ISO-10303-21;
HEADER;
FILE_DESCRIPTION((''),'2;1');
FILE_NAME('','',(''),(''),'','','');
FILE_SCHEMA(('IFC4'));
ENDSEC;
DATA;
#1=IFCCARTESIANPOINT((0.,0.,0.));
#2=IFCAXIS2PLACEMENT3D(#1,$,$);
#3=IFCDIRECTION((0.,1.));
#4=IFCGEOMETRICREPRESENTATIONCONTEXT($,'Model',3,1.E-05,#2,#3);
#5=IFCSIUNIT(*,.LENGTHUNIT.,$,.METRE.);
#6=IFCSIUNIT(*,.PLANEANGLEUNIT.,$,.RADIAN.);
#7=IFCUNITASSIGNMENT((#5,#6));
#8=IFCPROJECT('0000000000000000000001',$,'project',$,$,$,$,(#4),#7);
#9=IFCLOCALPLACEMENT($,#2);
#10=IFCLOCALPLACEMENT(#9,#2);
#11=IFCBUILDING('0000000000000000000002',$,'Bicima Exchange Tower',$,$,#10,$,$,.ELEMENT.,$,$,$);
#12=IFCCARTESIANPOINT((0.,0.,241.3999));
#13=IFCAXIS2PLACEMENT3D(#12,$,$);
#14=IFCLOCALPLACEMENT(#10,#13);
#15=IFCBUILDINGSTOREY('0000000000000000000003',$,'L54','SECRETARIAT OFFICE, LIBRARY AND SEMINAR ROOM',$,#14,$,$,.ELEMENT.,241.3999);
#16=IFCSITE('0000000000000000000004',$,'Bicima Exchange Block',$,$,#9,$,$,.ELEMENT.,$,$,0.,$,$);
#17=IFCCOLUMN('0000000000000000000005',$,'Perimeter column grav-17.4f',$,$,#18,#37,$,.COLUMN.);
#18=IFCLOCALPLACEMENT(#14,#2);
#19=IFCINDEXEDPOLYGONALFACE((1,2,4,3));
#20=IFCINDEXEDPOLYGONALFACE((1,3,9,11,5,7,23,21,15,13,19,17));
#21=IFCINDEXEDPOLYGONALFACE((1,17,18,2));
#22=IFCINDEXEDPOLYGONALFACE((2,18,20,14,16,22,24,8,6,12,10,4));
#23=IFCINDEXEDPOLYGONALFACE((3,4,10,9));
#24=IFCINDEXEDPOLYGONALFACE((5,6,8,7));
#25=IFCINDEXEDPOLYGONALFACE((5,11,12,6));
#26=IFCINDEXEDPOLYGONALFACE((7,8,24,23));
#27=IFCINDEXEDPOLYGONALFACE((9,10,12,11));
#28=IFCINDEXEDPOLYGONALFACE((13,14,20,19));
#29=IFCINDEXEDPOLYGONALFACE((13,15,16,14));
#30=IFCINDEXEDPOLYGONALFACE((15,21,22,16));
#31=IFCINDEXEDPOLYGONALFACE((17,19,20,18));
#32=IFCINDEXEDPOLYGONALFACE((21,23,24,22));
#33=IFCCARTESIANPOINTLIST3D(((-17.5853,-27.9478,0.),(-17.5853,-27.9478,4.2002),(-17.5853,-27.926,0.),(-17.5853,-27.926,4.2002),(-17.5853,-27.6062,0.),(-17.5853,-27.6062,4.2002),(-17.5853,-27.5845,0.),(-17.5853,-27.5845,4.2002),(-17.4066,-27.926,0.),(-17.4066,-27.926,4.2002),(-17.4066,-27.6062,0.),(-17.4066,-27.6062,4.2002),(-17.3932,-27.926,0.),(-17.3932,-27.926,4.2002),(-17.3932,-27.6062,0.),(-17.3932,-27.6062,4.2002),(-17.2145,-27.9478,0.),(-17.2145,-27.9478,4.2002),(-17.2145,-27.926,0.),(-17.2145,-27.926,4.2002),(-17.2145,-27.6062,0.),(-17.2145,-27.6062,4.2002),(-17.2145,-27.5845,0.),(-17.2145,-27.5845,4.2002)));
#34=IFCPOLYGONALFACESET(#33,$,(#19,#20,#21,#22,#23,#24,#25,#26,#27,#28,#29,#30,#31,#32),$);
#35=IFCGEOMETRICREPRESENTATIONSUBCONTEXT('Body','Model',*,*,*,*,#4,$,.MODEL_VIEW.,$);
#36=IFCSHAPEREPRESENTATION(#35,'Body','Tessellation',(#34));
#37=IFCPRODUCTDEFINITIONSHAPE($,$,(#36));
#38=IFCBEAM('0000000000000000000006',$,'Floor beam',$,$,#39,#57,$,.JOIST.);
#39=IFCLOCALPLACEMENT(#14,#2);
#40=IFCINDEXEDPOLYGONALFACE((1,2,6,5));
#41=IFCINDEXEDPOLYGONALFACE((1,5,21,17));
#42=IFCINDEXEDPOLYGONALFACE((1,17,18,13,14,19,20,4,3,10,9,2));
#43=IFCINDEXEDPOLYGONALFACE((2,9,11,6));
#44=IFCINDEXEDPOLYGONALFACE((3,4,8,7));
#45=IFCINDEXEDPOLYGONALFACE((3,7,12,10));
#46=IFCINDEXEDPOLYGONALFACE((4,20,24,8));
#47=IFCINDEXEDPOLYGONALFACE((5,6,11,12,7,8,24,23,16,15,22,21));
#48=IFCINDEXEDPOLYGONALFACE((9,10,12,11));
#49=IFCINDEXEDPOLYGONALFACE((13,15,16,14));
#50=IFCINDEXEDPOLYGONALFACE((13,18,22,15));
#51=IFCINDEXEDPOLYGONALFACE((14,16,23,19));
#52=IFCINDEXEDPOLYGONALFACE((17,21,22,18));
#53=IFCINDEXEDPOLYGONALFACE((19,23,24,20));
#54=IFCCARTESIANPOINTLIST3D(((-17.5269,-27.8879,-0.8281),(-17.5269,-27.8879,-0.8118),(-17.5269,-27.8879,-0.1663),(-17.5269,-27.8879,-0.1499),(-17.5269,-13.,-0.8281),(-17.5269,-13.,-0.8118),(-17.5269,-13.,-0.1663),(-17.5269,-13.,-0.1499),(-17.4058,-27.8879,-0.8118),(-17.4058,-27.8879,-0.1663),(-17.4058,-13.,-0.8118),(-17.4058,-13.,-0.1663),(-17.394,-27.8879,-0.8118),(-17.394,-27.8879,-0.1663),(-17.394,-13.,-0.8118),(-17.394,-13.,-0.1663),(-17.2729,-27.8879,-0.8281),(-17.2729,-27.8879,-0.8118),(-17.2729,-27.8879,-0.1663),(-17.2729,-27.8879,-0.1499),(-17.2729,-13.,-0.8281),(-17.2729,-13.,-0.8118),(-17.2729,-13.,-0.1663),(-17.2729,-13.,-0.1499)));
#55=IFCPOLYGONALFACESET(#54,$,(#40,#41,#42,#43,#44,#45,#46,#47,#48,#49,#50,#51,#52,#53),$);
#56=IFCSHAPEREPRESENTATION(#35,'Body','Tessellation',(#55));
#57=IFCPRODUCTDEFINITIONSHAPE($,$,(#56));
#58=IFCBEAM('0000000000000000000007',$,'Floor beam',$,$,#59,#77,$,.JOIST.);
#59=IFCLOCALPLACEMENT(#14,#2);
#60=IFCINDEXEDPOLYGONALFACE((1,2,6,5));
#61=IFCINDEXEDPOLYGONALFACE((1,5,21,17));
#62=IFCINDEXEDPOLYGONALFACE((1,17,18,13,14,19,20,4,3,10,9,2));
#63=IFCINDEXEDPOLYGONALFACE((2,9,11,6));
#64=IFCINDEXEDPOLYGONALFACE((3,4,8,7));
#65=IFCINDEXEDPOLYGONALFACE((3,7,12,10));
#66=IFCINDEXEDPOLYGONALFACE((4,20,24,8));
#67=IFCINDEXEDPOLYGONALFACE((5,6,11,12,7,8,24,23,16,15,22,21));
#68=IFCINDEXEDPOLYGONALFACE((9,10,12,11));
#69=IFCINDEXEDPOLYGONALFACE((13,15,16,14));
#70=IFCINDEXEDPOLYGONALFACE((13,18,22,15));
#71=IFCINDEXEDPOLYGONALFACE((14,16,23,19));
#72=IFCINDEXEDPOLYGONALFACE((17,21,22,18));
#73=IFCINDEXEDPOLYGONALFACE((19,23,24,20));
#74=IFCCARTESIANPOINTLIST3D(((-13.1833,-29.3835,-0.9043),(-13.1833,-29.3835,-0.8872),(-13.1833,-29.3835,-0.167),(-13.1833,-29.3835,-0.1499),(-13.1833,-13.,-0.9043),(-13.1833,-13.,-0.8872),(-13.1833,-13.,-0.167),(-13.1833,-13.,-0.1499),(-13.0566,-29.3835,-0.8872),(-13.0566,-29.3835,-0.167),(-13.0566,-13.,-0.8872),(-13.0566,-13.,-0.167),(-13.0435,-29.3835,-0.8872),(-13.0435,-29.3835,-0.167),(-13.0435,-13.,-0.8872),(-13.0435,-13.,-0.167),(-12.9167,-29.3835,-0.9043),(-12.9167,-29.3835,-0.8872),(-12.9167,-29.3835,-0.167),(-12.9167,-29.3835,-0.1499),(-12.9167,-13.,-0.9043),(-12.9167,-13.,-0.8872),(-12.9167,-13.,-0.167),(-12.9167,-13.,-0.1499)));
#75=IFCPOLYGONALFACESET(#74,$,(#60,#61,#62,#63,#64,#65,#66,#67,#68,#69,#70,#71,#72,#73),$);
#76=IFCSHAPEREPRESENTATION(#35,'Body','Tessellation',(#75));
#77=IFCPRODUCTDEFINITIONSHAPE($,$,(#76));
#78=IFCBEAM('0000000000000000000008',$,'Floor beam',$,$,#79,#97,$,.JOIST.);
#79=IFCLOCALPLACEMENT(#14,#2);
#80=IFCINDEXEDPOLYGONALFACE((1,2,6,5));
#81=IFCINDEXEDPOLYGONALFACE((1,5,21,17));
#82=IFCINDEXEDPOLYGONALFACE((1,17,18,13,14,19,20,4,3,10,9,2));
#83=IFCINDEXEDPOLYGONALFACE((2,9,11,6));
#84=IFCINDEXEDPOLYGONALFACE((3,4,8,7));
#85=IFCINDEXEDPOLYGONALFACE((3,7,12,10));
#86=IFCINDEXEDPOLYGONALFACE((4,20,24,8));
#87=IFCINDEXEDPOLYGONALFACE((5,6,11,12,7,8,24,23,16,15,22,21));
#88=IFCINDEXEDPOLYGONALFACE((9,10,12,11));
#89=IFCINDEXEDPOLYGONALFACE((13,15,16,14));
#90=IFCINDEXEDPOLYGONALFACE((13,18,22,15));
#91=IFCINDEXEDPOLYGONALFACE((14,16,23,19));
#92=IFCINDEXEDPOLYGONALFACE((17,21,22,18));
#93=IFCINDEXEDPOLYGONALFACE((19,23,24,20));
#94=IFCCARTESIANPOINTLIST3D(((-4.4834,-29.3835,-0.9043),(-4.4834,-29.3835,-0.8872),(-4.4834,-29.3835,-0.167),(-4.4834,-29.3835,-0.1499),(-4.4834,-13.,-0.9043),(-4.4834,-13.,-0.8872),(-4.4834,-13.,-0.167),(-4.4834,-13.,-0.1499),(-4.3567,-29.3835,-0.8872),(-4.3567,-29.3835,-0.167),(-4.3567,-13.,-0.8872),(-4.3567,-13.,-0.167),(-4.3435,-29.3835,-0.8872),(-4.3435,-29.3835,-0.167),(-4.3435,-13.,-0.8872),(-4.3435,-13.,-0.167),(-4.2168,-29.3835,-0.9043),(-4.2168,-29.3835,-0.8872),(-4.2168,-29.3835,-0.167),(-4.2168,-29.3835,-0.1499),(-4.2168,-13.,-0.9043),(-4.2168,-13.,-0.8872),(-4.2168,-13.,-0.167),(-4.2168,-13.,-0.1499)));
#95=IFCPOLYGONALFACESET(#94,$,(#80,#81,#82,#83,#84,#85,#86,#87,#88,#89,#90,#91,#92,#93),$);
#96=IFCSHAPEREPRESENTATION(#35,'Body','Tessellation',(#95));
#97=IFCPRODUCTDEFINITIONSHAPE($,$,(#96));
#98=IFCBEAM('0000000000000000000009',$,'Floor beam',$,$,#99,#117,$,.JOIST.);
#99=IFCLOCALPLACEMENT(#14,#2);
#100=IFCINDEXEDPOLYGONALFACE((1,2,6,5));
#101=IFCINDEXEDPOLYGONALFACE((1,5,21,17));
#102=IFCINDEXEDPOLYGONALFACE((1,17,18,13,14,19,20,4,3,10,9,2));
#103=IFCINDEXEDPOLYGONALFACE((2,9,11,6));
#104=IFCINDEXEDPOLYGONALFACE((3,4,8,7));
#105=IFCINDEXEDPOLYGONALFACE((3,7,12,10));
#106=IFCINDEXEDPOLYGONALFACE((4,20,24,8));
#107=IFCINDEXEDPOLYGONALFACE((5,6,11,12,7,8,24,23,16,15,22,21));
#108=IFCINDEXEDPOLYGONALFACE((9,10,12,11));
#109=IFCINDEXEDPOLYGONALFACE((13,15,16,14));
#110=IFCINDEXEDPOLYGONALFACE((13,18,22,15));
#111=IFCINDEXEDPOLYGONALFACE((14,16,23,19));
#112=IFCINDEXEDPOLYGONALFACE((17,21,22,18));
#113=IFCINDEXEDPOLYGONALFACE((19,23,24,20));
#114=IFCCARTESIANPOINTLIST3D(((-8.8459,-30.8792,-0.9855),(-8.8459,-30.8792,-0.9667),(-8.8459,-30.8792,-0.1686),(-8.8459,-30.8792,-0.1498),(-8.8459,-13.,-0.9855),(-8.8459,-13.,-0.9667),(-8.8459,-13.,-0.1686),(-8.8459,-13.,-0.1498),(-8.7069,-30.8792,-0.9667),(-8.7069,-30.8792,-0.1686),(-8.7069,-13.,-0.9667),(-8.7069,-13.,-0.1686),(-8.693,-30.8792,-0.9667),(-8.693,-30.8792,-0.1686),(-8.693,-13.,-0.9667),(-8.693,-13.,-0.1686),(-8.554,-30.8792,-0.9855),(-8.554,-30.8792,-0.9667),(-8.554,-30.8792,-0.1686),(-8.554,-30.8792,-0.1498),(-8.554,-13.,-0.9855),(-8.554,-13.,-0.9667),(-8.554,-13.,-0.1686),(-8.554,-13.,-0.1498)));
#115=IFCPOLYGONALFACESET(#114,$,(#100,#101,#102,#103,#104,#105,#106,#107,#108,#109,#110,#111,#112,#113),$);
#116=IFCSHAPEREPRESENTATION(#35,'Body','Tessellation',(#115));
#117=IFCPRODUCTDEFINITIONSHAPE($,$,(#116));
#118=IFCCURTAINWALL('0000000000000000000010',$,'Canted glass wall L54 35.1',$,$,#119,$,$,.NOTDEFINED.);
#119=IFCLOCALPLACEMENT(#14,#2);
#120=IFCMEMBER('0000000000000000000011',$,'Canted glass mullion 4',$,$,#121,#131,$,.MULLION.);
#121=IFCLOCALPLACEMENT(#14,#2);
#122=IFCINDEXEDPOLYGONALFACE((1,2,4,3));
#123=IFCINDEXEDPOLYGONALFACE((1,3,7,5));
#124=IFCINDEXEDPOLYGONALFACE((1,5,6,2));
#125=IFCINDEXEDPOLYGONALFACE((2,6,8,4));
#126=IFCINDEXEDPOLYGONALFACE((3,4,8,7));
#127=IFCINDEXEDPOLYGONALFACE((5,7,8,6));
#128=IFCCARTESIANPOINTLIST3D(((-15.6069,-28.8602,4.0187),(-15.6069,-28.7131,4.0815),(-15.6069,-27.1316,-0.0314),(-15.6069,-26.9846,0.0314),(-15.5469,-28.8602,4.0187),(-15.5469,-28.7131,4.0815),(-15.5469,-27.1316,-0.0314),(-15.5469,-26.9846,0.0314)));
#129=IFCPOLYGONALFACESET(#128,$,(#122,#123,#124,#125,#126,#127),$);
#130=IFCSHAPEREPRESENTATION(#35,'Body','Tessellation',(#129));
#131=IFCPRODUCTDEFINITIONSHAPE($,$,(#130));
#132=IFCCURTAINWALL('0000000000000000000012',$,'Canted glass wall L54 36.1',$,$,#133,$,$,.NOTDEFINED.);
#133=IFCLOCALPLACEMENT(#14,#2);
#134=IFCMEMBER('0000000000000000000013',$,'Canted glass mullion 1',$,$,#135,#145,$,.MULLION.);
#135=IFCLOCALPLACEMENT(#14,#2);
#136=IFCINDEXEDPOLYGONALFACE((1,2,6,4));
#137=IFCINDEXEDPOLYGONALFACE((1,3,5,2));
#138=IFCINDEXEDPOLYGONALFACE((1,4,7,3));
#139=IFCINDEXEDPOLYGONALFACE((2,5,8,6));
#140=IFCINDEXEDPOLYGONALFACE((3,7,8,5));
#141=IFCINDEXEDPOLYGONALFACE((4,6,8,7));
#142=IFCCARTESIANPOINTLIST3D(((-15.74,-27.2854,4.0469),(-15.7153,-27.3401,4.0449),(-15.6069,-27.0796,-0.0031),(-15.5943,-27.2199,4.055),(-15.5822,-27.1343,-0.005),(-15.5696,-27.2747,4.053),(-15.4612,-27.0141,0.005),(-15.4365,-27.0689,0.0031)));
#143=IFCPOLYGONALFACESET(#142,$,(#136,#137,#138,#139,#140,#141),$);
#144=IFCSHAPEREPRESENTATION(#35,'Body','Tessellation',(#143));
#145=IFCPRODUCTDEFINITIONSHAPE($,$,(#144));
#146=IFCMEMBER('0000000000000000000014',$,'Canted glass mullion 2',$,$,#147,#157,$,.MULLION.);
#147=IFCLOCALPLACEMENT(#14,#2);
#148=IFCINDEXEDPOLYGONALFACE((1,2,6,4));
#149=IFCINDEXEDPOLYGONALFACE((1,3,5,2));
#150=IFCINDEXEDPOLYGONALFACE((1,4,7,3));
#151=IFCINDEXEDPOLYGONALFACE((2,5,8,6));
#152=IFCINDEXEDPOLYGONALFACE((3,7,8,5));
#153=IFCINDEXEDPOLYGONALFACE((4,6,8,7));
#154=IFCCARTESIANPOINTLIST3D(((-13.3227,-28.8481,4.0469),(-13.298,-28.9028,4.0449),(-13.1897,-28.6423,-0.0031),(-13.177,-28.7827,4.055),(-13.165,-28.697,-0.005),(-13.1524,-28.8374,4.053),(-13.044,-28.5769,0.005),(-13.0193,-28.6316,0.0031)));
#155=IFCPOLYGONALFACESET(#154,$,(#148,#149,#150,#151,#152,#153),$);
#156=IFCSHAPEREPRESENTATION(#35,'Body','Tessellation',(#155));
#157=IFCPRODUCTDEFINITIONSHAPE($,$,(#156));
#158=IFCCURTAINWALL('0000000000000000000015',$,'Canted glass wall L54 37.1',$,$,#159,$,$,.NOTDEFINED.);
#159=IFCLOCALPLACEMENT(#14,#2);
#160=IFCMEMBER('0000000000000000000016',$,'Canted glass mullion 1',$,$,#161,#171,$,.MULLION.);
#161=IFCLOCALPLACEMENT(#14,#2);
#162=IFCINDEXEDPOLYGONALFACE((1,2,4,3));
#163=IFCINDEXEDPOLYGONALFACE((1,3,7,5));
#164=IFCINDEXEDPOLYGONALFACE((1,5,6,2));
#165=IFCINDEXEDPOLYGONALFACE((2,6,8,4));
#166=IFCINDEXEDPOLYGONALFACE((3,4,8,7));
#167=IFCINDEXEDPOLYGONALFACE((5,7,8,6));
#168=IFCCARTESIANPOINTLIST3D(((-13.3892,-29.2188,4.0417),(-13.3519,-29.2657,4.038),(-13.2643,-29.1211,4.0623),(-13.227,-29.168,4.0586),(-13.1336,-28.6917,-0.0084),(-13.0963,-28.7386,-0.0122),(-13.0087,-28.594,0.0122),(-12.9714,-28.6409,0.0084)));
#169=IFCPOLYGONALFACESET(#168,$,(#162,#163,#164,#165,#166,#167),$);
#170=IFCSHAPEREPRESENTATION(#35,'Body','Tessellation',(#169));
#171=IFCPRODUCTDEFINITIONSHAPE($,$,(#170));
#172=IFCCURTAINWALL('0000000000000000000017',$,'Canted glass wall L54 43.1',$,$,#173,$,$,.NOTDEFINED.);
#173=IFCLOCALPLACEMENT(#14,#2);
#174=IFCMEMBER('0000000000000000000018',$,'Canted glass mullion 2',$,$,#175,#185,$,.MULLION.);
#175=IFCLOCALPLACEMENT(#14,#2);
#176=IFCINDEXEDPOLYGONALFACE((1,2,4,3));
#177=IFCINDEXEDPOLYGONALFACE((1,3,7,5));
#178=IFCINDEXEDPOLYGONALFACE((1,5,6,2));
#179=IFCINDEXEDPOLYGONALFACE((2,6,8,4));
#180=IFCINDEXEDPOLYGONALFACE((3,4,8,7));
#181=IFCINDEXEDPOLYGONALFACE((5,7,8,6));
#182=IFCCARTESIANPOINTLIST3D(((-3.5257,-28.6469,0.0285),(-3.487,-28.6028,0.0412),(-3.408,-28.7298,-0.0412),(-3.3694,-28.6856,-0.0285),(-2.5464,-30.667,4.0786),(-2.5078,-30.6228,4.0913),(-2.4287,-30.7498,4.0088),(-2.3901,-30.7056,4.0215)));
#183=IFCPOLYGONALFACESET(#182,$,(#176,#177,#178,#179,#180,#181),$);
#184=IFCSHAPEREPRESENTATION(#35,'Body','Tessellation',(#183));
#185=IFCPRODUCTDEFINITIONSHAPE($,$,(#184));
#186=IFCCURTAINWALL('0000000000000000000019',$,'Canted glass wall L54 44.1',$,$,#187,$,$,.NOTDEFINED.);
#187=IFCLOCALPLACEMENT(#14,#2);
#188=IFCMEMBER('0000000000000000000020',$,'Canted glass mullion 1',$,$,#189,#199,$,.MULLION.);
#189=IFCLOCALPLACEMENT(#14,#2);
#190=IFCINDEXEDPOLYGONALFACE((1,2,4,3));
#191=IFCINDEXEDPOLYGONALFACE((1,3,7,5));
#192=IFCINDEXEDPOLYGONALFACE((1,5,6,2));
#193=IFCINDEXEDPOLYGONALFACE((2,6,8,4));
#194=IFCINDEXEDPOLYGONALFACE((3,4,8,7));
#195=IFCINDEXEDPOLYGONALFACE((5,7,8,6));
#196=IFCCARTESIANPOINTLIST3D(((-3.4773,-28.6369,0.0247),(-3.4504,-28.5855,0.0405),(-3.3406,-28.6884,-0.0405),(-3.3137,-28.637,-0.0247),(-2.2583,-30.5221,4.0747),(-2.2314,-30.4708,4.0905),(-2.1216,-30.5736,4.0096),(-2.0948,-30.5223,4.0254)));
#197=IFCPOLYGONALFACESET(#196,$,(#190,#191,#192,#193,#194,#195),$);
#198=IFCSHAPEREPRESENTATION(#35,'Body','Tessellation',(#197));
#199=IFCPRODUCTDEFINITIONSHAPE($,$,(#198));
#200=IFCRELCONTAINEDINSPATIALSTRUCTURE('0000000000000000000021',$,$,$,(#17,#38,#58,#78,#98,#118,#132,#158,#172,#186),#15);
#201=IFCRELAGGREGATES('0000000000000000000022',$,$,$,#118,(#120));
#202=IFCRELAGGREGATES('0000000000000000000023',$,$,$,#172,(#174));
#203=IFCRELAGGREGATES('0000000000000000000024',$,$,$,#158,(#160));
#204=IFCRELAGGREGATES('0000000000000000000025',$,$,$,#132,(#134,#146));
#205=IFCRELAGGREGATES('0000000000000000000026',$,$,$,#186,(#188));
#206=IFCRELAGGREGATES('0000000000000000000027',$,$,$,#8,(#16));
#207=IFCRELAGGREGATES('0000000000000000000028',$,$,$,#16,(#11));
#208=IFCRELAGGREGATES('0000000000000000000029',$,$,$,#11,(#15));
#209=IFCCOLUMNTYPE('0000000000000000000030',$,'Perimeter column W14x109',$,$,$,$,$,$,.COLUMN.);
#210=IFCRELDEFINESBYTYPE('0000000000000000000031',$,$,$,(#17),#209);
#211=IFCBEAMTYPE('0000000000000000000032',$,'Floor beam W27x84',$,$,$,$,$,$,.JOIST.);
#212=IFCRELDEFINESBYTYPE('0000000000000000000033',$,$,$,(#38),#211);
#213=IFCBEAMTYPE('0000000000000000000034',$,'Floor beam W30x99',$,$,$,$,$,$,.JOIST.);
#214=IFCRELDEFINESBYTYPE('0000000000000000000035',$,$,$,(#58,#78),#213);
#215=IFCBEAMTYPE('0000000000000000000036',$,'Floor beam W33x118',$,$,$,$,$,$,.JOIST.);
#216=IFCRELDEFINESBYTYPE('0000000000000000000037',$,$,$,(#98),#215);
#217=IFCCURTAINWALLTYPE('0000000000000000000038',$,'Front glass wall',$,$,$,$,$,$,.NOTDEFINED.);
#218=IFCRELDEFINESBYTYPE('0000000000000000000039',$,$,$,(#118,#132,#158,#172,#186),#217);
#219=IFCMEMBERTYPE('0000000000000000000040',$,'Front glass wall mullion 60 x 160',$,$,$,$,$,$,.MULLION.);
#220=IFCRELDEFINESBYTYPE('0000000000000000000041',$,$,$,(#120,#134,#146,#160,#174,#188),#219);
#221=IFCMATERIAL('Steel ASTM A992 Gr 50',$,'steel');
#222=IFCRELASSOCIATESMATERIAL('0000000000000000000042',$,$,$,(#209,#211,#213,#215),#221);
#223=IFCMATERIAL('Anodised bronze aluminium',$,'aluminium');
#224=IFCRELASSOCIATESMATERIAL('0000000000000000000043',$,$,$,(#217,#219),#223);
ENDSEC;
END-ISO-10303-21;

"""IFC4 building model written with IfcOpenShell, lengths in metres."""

from ifc_helpers import new_model, si_unit, direction, frame, origin, origin_2d, place, context, subcontext, project, spatial, rectangle, i_section, extrude, material, material_profile, profile_set, type_object, element, aggregate, save


model = new_model("IFC4")

# Units and contexts
model_context = context("Model", 3, precision=1e-05, world=origin(), true_north=direction((0.0, 1.0)))
body_context = subcontext(model_context, "Body", "Model", "MODEL_VIEW")
ifc_project = project(units=[si_unit("LENGTHUNIT", "METRE"), si_unit("PLANEANGLEUNIT", "RADIAN")], contexts=[model_context])

# Site, building, storey
site_placement = place(None, origin())
site = spatial("IfcSite", under=ifc_project, at=site_placement, Name="Bicima Exchange Block", CompositionType="ELEMENT", RefElevation=0.0)
building_placement = place(site_placement, origin())
building = spatial("IfcBuilding", under=site, at=building_placement, Name="Bicima Exchange Tower", CompositionType="ELEMENT")
storey_placement = place(building_placement, frame((0.0, 0.0, 241.3999)))
storey = spatial("IfcBuildingStorey", under=building, at=storey_placement, Name="L54", Description="SECRETARIAT OFFICE, LIBRARY AND SEMINAR ROOM", CompositionType="ELEMENT", Elevation=241.3999)

# Column
ifc_material_1 = material(Name="Steel ASTM A992 Gr 50", Category="steel")
ifc_material_profile_1 = material_profile(ifc_material_1, i_section(OverallWidth=0.3708, OverallDepth=0.3633, WebThickness=0.0134, FlangeThickness=0.0217, at=origin_2d()))
ifc_profile_set_1 = profile_set([ifc_material_profile_1], Name="Steel ASTM A992 Gr 50")
column_type = type_object("IfcColumnType", Name="Perimeter column W14x109", PredefinedType="COLUMN", material=ifc_profile_set_1)
column_placement = place(storey_placement, frame((-17.3999, -27.7661, 0.0), z_axis=(0.0, 0.0, 1.0), x_axis=(1.0, 0.0, 0.0)))
element("IfcColumn", 1, at=column_placement, inside=storey, type_object=column_type, Name="Perimeter column grav-17.4f", PredefinedType="COLUMN", context=body_context, shape_type="SweptSolid", body=[
    extrude(i_section(OverallWidth=0.3708, OverallDepth=0.3633, WebThickness=0.0134, FlangeThickness=0.0217, at=origin_2d()), origin(), (0.0, 0.0, 1.0), 4.2002),
])

# Beams
ifc_material_profile_2 = material_profile(ifc_material_1, i_section(OverallWidth=0.2539, OverallDepth=0.6782, WebThickness=0.0117, FlangeThickness=0.0164, at=origin_2d()))
ifc_profile_set_2 = profile_set([ifc_material_profile_2], Name="Steel ASTM A992 Gr 50")
beam_type_1 = type_object("IfcBeamType", Name="Floor beam W27x84", PredefinedType="JOIST", material=ifc_profile_set_2)
beam_1_placement = place(storey_placement, frame((-17.3999, -13.0, -0.489), z_axis=(0.0, -1.0, 0.0), x_axis=(1.0, 0.0, 0.0)))
element("IfcBeam", 2, at=beam_1_placement, inside=storey, type_object=beam_type_1, Name="Floor beam", PredefinedType="JOIST", context=body_context, shape_type="SweptSolid", body=[
    extrude(i_section(OverallWidth=0.2539, OverallDepth=0.6782, WebThickness=0.0117, FlangeThickness=0.0164, at=origin_2d()), origin(), (0.0, 0.0, 1.0), 14.8879),
])
ifc_material_profile_3 = material_profile(ifc_material_1, i_section(OverallWidth=0.2666, OverallDepth=0.7544, WebThickness=0.0132, FlangeThickness=0.0171, at=origin_2d()))
ifc_profile_set_3 = profile_set([ifc_material_profile_3], Name="Steel ASTM A992 Gr 50")
beam_type_2 = type_object("IfcBeamType", Name="Floor beam W30x99", PredefinedType="JOIST", material=ifc_profile_set_3)
for number, where, z_axis, x_axis, name in (
    (3, (-13.05, -13.0, -0.5271), (0.0, -1.0, 0.0), (1.0, 0.0, 0.0), "Floor beam"),
    (4, (-4.3501, -13.0, -0.5271), (0.0, -1.0, 0.0), (1.0, 0.0, 0.0), "Floor beam"),
):
    element("IfcBeam", number, at=place(storey_placement, frame(where, z_axis=z_axis, x_axis=x_axis)), inside=storey, type_object=beam_type_2, Name=name, PredefinedType="JOIST", context=body_context, shape_type="SweptSolid", body=[
        extrude(i_section(OverallWidth=0.2666, OverallDepth=0.7544, WebThickness=0.0132, FlangeThickness=0.0171, at=origin_2d()), origin(), (0.0, 0.0, 1.0), 16.3835),
    ])
ifc_material_profile_4 = material_profile(ifc_material_1, i_section(OverallWidth=0.292, OverallDepth=0.8357, WebThickness=0.0139, FlangeThickness=0.0188, at=origin_2d()))
ifc_profile_set_4 = profile_set([ifc_material_profile_4], Name="Steel ASTM A992 Gr 50")
beam_type_3 = type_object("IfcBeamType", Name="Floor beam W33x118", PredefinedType="JOIST", material=ifc_profile_set_4)
beam_2_placement = place(storey_placement, frame((-8.7, -13.0, -0.5676), z_axis=(0.0, -1.0, 0.0), x_axis=(1.0, 0.0, 0.0)))
element("IfcBeam", 5, at=beam_2_placement, inside=storey, type_object=beam_type_3, Name="Floor beam", PredefinedType="JOIST", context=body_context, shape_type="SweptSolid", body=[
    extrude(i_section(OverallWidth=0.292, OverallDepth=0.8357, WebThickness=0.0139, FlangeThickness=0.0188, at=origin_2d()), origin(), (0.0, 0.0, 1.0), 17.8792),
])

# Curtain wall, member
ifc_material_2 = material(Name="Anodised bronze aluminium", Category="aluminium")
curtain_wall_type = type_object("IfcCurtainWallType", Name="Front glass wall", PredefinedType="NOTDEFINED", material=ifc_material_2)
curtain_wall_1_placement = place(storey_placement, origin())
curtain_wall_1 = element("IfcCurtainWall", 6, at=curtain_wall_1_placement, inside=storey, type_object=curtain_wall_type, Name="Canted glass wall L54 35.1", PredefinedType="NOTDEFINED")
ifc_material_profile_5 = material_profile(ifc_material_2, rectangle(XDim=0.1599, YDim=0.0601, at=origin_2d()))
ifc_profile_set_5 = profile_set([ifc_material_profile_5], Name="Anodised bronze aluminium")
member_type_1 = type_object("IfcMemberType", Name="Front glass wall mullion 60 x 160", PredefinedType="MULLION", material=ifc_profile_set_5)
member_1_placement = place(storey_placement, frame((-15.5769, -27.0581, 0.0), z_axis=(0.0, -0.392534, 0.919738), x_axis=(0.0, 0.919738, 0.392534)))
member_1 = element("IfcMember", 7, at=member_1_placement, type_object=member_type_1, Name="Canted glass mullion 4", PredefinedType="MULLION", context=body_context, shape_type="SweptSolid", body=[
    extrude(rectangle(XDim=0.1599, YDim=0.0601, at=origin_2d()), origin(), (0.0, 0.0, 1.0), 4.4036),
])
aggregate(curtain_wall_1, [member_1])

# Curtain wall, members
curtain_wall_2_placement = place(storey_placement, origin())
curtain_wall_2 = element("IfcCurtainWall", 8, at=curtain_wall_2_placement, inside=storey, type_object=curtain_wall_type, Name="Canted glass wall L54 36.1", PredefinedType="NOTDEFINED")
member_2_placement = place(storey_placement, frame((-15.5217, -27.0742, 0.0), z_axis=(-0.032793, -0.050724, 0.998174), x_axis=(0.911029, 0.40921, 0.050725)))
member_2 = element("IfcMember", 9, at=member_2_placement, type_object=member_type_1, Name="Canted glass mullion 1", PredefinedType="MULLION", context=body_context, shape_type="SweptSolid", body=[
    extrude(rectangle(XDim=0.1599, YDim=0.0601, at=origin_2d()), origin(), (0.0, 0.0, 1.0), 4.0574),
])
member_3_placement = place(storey_placement, frame((-13.1045, -28.637, 0.0), z_axis=(-0.032793, -0.050724, 0.998174), x_axis=(0.911029, 0.40921, 0.050725)))
member_3 = element("IfcMember", 10, at=member_3_placement, type_object=member_type_1, Name="Canted glass mullion 2", PredefinedType="MULLION", context=body_context, shape_type="SweptSolid", body=[
    extrude(rectangle(XDim=0.1599, YDim=0.0601, at=origin_2d()), origin(), (0.0, 0.0, 1.0), 4.0574),
])

# Curtain walls, members
curtain_wall_3_placement = place(storey_placement, origin())
curtain_wall_3 = element("IfcCurtainWall", 11, at=curtain_wall_3_placement, inside=storey, type_object=curtain_wall_type, Name="Canted glass wall L54 37.1", PredefinedType="NOTDEFINED")
member_4_placement = place(storey_placement, frame((-13.0525, -28.6663, 0.0), z_axis=(-0.062464, -0.128806, 0.989701), x_axis=(0.781122, 0.610947, 0.128812)))
member_4 = element("IfcMember", 12, at=member_4_placement, type_object=member_type_1, Name="Canted glass mullion 1", PredefinedType="MULLION", context=body_context, shape_type="SweptSolid", body=[
    extrude(rectangle(XDim=0.1599, YDim=0.0601, at=origin_2d()), origin(), (0.0, 0.0, 1.0), 4.0923),
])
curtain_wall_4_placement = place(storey_placement, origin())
curtain_wall_4 = element("IfcCurtainWall", 13, at=curtain_wall_4_placement, inside=storey, type_object=curtain_wall_type, Name="Canted glass wall L54 43.1", PredefinedType="NOTDEFINED")
member_5_placement = place(storey_placement, frame((-3.4475, -28.6663, 0.0), z_axis=(0.211474, -0.436234, 0.87463), x_axis=(-0.735868, 0.517885, 0.436226)))
member_5 = element("IfcMember", 14, at=member_5_placement, type_object=member_type_1, Name="Canted glass mullion 2", PredefinedType="MULLION", context=body_context, shape_type="SweptSolid", body=[
    extrude(rectangle(XDim=0.1599, YDim=0.0601, at=origin_2d()), origin(), (0.0, 0.0, 1.0), 4.6306),
])
aggregate(curtain_wall_4, [member_5])
curtain_wall_5_placement = place(storey_placement, origin())
curtain_wall_5 = element("IfcCurtainWall", 15, at=curtain_wall_5_placement, inside=storey, type_object=curtain_wall_type, Name="Canted glass wall L54 44.1", PredefinedType="NOTDEFINED")
member_6_placement = place(storey_placement, frame((-3.3955, -28.637, 0.0), z_axis=(0.263244, -0.407124, 0.874616), x_axis=(-0.854715, 0.322013, 0.407148)))
member_6 = element("IfcMember", 16, at=member_6_placement, type_object=member_type_1, Name="Canted glass mullion 1", PredefinedType="MULLION", context=body_context, shape_type="SweptSolid", body=[
    extrude(rectangle(XDim=0.1599, YDim=0.0601, at=origin_2d()), origin(), (0.0, 0.0, 1.0), 4.6306),
])

aggregate(curtain_wall_3, [member_4])
aggregate(curtain_wall_2, [member_2, member_3])
aggregate(curtain_wall_5, [member_6])

save(model, "model.ifc")
